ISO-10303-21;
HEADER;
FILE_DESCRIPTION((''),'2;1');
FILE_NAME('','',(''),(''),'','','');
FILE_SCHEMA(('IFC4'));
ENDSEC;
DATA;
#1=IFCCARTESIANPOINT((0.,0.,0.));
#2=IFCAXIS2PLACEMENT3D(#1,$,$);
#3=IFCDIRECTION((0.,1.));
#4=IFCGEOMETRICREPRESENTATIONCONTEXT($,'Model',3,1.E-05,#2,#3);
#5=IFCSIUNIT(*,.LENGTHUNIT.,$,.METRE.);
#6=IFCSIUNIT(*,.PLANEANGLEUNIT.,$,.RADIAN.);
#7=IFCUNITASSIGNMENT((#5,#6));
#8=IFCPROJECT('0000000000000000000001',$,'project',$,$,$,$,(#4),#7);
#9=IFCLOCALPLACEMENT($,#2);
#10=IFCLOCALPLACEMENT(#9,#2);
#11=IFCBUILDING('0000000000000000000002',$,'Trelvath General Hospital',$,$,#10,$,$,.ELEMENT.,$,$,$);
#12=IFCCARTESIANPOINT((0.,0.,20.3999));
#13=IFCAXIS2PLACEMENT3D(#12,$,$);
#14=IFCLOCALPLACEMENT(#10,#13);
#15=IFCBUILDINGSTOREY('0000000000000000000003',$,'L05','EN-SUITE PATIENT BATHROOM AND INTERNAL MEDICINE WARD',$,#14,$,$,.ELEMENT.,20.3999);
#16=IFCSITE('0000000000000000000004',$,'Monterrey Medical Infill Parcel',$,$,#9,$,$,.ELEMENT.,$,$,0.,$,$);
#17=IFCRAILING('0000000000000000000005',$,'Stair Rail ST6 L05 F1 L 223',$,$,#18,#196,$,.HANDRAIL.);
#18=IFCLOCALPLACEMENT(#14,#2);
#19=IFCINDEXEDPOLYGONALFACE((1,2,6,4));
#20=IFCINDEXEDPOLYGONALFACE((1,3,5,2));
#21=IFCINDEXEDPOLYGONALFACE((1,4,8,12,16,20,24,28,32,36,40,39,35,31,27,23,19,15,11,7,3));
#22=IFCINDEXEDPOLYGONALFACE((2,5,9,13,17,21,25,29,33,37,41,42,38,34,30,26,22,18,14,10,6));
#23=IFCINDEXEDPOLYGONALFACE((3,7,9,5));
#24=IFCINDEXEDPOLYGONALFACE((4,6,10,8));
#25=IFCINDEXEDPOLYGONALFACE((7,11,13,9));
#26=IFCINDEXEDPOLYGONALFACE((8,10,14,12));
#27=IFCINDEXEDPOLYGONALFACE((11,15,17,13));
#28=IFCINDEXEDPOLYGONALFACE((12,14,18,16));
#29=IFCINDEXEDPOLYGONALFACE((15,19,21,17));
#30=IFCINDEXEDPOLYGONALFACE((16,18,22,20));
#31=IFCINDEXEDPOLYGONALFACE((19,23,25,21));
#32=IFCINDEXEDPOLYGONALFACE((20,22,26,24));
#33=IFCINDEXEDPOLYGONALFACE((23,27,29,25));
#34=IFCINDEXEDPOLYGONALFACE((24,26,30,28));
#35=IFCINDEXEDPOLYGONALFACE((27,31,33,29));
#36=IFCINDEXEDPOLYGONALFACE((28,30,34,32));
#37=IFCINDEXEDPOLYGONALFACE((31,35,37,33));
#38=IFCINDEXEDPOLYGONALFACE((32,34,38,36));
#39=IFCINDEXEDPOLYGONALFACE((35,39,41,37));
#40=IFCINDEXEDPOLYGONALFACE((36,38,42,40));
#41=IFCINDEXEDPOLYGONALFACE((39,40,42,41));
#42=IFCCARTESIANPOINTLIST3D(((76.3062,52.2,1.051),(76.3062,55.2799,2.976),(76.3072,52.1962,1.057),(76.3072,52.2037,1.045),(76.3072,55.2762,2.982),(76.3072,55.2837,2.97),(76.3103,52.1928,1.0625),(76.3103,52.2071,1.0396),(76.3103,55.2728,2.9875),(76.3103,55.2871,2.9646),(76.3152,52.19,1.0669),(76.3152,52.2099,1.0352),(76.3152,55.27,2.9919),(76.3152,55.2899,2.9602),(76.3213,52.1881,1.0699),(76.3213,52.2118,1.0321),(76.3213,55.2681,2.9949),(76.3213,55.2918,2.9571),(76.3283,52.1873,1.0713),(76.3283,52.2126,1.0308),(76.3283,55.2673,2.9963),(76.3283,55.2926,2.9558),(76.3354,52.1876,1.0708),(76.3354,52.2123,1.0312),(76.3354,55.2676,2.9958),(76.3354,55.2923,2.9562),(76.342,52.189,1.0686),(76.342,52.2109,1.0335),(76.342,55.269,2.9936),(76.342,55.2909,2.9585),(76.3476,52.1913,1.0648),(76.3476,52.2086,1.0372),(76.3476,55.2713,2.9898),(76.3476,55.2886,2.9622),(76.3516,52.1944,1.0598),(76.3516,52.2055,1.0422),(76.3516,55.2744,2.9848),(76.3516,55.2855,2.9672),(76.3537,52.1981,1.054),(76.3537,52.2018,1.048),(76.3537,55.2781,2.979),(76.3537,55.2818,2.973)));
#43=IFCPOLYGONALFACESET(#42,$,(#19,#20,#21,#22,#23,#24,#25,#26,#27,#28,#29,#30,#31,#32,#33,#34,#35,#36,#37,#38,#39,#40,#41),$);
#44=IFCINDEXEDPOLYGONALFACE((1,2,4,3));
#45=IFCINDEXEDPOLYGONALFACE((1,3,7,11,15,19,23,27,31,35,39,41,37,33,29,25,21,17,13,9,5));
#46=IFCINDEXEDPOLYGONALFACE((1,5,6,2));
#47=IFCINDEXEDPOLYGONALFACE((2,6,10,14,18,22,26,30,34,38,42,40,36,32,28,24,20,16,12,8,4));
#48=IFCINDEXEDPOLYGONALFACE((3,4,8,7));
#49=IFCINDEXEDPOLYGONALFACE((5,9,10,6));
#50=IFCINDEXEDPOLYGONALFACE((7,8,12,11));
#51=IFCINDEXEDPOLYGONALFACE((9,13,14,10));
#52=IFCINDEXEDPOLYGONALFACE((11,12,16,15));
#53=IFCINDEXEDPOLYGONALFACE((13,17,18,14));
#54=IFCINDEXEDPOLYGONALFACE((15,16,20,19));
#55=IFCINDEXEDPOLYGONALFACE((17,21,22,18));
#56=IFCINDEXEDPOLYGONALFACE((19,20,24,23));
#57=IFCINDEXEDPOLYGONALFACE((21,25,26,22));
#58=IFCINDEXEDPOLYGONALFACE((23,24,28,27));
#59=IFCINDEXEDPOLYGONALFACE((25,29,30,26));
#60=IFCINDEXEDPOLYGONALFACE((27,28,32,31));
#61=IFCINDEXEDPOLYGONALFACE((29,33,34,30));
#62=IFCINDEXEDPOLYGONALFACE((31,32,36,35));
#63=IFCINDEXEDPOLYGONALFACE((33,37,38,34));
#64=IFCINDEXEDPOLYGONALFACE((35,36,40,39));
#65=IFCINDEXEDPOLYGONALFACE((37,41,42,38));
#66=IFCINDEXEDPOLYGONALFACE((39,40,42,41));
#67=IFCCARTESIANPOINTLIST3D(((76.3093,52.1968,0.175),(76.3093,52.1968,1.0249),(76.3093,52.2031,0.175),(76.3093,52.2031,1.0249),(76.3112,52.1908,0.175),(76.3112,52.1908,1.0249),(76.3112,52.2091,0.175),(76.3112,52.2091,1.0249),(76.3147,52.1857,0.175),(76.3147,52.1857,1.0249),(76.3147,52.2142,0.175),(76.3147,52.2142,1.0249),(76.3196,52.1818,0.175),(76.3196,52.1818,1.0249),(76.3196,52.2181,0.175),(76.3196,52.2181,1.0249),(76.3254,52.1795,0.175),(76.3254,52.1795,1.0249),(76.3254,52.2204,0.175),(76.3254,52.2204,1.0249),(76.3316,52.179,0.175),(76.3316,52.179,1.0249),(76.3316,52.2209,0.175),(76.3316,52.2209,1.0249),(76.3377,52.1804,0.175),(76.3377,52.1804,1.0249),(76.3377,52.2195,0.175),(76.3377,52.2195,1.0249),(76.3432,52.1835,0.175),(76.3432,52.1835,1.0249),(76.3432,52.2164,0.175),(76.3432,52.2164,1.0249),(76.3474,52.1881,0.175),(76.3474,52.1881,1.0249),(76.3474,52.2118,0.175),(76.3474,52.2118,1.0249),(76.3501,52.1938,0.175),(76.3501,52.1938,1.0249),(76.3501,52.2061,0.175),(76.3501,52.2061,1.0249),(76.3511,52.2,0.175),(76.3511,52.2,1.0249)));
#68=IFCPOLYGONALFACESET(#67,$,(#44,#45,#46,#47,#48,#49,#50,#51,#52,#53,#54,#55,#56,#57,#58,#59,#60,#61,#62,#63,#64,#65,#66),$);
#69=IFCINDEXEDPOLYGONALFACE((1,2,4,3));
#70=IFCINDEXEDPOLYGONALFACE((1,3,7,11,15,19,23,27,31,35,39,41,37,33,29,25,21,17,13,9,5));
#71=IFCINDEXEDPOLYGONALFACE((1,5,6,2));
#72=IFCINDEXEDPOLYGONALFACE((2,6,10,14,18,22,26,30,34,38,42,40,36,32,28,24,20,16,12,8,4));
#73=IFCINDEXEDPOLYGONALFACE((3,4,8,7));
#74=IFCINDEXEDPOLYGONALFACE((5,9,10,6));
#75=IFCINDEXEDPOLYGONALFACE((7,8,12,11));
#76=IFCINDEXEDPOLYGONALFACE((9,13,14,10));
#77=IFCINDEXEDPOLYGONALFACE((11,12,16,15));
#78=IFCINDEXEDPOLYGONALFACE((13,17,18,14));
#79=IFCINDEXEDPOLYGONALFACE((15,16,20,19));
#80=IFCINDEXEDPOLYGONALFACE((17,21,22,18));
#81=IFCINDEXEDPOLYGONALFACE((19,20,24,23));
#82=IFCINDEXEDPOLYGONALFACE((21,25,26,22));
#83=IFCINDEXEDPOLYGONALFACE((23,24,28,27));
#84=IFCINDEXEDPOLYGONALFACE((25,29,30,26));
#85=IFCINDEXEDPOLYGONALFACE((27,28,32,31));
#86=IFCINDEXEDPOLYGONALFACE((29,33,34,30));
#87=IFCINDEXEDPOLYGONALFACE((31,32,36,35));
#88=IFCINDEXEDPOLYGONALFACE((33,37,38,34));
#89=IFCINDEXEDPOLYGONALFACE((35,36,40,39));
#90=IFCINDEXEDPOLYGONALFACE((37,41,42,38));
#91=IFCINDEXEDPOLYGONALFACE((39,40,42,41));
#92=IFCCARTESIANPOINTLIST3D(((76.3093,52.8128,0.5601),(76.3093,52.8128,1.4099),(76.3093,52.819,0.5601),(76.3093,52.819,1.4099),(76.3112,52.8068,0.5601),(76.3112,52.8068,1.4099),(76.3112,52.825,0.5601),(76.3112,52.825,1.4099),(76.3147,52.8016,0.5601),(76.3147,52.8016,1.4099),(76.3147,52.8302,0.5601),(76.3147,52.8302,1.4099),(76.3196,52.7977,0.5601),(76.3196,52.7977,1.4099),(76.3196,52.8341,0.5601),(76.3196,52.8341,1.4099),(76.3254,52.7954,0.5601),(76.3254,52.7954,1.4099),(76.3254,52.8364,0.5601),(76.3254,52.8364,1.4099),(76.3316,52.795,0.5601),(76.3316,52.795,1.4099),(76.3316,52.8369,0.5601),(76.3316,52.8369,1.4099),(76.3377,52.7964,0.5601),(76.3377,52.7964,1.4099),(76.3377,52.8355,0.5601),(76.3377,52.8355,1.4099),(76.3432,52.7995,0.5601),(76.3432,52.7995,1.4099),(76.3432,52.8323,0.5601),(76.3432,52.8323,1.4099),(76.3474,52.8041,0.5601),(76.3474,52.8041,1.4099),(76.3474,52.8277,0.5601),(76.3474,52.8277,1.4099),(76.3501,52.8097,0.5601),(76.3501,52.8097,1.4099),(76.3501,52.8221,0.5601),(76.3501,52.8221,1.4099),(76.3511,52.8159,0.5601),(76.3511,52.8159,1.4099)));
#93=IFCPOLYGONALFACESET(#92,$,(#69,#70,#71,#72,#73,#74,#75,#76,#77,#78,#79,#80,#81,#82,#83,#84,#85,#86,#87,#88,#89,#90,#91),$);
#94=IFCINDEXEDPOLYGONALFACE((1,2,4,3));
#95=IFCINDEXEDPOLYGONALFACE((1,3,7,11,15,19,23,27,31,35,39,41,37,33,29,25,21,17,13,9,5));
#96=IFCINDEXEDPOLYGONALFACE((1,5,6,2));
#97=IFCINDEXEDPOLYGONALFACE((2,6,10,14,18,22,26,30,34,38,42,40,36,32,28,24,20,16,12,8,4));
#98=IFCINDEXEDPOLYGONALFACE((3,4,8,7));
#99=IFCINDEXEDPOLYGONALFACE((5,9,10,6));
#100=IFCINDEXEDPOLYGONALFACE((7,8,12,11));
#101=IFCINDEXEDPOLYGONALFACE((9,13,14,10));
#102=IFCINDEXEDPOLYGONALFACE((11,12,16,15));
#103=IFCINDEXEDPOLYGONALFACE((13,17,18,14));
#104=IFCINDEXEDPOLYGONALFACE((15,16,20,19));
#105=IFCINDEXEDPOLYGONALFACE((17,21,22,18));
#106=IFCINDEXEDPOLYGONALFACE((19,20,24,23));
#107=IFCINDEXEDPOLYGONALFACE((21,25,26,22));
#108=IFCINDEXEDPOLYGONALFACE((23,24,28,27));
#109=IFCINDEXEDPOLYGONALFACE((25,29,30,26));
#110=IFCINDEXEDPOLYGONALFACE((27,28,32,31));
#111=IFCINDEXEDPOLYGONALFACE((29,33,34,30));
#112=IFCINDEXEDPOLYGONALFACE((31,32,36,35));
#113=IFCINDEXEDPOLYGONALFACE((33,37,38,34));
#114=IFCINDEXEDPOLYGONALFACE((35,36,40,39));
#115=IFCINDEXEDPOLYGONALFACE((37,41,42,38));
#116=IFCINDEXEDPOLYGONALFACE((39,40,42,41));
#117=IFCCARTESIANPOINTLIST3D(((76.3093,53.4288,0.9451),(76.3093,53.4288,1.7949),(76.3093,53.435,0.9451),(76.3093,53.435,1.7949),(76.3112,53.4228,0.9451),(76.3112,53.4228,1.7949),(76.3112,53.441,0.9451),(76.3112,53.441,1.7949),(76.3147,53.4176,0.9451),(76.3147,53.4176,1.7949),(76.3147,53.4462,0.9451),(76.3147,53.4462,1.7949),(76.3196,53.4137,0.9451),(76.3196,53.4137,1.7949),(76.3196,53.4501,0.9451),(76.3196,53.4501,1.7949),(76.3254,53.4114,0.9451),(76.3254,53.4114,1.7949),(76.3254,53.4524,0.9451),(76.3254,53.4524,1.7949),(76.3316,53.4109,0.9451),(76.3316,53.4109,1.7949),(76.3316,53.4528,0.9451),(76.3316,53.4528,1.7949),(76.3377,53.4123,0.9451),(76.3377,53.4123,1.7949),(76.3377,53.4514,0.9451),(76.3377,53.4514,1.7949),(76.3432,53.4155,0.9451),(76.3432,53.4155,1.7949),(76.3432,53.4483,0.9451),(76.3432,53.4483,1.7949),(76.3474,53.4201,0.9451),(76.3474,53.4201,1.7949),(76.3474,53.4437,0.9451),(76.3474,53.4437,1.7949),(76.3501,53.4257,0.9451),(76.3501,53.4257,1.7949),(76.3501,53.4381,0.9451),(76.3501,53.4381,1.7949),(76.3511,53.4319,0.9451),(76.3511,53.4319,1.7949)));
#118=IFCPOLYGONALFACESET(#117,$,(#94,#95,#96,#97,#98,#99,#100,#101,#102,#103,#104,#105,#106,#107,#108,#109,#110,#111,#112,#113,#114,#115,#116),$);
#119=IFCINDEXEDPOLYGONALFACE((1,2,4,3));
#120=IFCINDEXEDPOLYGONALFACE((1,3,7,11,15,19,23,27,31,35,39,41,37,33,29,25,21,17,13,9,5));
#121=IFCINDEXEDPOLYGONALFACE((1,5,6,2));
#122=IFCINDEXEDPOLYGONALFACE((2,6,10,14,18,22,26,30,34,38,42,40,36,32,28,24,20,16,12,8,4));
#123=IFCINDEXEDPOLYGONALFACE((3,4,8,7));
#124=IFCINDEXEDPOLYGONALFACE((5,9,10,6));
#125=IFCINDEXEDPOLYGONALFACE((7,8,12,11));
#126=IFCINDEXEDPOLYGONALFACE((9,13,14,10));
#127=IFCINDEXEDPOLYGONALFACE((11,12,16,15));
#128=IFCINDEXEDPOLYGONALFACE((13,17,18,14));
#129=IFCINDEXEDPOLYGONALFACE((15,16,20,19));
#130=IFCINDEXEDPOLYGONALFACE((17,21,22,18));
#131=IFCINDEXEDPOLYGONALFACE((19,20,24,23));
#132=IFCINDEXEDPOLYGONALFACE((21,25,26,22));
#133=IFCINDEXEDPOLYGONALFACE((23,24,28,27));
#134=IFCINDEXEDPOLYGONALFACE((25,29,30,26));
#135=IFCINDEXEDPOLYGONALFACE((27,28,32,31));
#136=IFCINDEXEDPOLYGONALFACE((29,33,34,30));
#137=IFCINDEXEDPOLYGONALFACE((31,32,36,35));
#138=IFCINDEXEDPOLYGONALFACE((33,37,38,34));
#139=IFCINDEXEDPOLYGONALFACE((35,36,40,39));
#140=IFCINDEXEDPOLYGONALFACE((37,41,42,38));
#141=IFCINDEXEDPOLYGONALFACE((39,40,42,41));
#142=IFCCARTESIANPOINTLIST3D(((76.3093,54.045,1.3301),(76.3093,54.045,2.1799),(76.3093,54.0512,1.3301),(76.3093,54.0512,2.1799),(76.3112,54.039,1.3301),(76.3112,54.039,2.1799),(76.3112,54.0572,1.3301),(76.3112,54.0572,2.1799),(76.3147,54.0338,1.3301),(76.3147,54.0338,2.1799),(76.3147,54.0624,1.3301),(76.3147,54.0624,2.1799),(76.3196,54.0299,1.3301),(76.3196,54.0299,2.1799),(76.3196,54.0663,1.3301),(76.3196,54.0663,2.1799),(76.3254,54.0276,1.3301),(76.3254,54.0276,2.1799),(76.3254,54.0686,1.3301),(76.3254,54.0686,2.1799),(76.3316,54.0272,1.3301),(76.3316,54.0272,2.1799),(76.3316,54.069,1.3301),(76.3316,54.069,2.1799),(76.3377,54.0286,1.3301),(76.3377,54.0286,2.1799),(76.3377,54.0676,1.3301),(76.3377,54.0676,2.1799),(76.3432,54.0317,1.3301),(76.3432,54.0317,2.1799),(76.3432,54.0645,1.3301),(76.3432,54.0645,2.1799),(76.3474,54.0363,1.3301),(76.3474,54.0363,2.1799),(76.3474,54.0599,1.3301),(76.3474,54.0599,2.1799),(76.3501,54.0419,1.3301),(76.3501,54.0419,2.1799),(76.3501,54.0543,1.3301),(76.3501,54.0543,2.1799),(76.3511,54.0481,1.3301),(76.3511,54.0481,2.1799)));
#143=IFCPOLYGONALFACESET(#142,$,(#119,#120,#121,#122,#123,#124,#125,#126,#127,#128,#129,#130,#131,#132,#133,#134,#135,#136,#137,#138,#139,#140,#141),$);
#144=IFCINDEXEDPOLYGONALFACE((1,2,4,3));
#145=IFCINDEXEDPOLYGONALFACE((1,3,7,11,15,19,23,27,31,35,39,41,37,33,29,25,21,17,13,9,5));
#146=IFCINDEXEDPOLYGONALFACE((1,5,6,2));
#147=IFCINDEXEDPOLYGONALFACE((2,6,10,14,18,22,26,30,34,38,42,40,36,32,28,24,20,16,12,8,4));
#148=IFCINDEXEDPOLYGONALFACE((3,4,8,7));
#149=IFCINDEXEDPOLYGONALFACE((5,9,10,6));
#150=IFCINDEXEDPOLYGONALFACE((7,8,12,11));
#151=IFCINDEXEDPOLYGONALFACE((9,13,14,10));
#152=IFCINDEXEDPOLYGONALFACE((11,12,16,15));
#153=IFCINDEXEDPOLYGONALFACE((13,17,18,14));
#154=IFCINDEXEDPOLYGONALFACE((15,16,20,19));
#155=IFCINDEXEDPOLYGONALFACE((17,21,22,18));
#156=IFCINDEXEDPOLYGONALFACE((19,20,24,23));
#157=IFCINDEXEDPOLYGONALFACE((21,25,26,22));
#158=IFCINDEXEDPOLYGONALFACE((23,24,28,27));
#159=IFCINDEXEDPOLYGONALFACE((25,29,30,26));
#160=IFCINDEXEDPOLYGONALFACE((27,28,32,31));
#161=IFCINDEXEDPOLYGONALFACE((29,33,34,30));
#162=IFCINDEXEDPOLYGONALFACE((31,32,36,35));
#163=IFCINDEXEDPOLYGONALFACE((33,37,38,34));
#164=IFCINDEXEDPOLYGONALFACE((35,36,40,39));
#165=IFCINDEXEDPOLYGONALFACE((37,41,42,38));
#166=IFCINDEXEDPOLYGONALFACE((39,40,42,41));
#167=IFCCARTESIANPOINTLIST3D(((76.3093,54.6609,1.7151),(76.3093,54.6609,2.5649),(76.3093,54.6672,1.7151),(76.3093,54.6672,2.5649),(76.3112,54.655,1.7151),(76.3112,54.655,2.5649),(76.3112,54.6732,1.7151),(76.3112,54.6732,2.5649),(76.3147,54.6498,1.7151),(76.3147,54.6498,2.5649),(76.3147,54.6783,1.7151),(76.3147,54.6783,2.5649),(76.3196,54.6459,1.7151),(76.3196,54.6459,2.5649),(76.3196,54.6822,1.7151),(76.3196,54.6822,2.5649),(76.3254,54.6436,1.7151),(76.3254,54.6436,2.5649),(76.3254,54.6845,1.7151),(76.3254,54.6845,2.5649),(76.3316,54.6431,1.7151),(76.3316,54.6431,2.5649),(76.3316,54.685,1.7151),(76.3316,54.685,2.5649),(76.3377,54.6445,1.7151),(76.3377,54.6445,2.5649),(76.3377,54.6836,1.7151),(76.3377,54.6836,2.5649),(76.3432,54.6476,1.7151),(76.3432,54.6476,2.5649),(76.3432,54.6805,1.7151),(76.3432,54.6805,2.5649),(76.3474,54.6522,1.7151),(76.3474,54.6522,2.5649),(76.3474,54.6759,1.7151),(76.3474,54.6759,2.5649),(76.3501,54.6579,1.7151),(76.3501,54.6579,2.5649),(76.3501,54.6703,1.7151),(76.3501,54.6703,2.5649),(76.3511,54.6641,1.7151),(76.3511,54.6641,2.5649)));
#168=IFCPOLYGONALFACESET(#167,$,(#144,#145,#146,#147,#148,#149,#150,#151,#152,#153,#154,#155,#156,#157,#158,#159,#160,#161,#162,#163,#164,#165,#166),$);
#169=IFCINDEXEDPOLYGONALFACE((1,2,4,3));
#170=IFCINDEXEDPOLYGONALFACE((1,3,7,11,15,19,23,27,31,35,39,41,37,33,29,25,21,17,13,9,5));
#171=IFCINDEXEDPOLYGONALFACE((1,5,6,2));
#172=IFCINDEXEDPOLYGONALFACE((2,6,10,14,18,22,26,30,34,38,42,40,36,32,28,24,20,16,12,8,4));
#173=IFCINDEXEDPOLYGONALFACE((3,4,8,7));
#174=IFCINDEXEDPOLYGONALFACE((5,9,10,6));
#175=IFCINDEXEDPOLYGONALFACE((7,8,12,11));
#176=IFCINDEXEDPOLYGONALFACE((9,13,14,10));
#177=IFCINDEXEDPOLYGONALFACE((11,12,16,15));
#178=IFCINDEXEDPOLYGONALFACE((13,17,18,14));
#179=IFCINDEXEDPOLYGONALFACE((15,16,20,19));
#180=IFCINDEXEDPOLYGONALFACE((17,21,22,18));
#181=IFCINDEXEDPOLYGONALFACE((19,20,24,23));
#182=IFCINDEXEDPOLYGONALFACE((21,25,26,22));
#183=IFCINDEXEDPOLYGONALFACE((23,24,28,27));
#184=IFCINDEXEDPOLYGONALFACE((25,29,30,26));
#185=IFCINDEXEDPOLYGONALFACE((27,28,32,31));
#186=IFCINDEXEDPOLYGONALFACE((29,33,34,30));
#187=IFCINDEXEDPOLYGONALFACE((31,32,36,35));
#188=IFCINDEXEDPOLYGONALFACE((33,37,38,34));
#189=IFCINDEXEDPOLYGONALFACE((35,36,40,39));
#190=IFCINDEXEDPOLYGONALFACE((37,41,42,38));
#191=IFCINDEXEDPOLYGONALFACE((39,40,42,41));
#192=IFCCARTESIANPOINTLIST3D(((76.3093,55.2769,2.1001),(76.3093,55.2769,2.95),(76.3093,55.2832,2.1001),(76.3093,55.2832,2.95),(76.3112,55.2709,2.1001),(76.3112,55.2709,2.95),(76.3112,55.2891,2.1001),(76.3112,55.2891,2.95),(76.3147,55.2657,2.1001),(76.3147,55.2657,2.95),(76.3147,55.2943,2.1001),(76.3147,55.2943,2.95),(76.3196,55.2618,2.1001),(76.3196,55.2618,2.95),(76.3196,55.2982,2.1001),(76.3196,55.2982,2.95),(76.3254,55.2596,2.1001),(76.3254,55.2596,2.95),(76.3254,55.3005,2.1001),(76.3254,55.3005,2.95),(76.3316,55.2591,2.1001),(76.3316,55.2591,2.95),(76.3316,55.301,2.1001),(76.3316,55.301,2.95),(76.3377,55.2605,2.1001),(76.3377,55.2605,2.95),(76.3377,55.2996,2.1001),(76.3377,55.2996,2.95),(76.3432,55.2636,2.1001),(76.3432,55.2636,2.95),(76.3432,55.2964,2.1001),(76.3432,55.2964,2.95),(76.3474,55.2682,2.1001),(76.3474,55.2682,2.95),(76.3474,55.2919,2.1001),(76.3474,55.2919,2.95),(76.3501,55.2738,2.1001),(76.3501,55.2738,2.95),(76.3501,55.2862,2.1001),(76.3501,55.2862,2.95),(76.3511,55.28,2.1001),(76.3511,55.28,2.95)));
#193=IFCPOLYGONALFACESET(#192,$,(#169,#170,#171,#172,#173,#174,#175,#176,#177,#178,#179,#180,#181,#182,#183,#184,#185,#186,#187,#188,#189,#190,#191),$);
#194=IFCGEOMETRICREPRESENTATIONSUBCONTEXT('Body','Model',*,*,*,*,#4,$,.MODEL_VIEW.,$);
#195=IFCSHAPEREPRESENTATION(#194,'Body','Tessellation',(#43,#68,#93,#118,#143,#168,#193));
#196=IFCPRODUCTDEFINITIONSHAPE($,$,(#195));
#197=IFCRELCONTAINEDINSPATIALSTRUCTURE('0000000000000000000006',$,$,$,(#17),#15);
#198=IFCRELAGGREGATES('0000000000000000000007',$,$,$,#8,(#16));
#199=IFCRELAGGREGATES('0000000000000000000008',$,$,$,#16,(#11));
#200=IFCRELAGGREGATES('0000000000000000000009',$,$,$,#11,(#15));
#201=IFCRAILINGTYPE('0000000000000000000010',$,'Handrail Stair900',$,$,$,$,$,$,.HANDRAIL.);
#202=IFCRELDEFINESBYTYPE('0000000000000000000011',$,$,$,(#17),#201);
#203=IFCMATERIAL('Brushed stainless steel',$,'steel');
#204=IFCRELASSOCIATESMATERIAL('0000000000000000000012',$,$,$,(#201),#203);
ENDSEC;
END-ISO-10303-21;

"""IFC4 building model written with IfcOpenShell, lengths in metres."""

from ifc_helpers import new_model, si_unit, direction, frame, origin, origin_2d, place, context, subcontext, project, spatial, circle, extrude, material, type_object, element, save


model = new_model("IFC4")

# Units and contexts
model_context = context("Model", 3, precision=1e-05, world=origin(), true_north=direction((0.0, 1.0)))
body_context = subcontext(model_context, "Body", "Model", "MODEL_VIEW")
ifc_project = project(units=[si_unit("LENGTHUNIT", "METRE"), si_unit("PLANEANGLEUNIT", "RADIAN")], contexts=[model_context])

# Site, building, storey
site_placement = place(None, origin())
site = spatial("IfcSite", under=ifc_project, at=site_placement, Name="Monterrey Medical Infill Parcel", CompositionType="ELEMENT", RefElevation=0.0)
building_placement = place(site_placement, origin())
building = spatial("IfcBuilding", under=site, at=building_placement, Name="Trelvath General Hospital", CompositionType="ELEMENT")
storey_placement = place(building_placement, frame((0.0, 0.0, 20.3999)))
storey = spatial("IfcBuildingStorey", under=building, at=storey_placement, Name="L05", Description="EN-SUITE PATIENT BATHROOM AND INTERNAL MEDICINE WARD", CompositionType="ELEMENT", Elevation=20.3999)

# Railing
ifc_material_1 = material(Name="Brushed stainless steel", Category="steel")
railing_type_1 = type_object("IfcRailingType", Name="Handrail Stair900", PredefinedType="HANDRAIL", material=ifc_material_1)
railing_1_placement = place(storey_placement, frame((76.3301, 52.2, 0.175)))
element("IfcRailing", 1, at=railing_1_placement, inside=storey, type_object=railing_type_1, Name="Stair Rail ST6 L05 F1 L 223", PredefinedType="HANDRAIL", context=body_context, shape_type="SweptSolid", body=[
    extrude(circle(Radius=0.0239, at=origin_2d()), frame((0.0, 0.0, 0.876), z_axis=(0.0, 0.847998, 0.529999), x_axis=(-1.0, 0.0, 0.0)), (0.0, 0.0, 1.0), 3.6321),
    extrude(circle(Radius=0.021, at=origin_2d()), origin(), (0.0, 0.0, 1.0), 0.8499),
    extrude(circle(Radius=0.021, at=origin_2d()), frame((0.0, 0.616, 0.385)), (0.0, 0.0, 1.0), 0.8499),
    extrude(circle(Radius=0.021, at=origin_2d()), frame((0.0, 1.2319, 0.77)), (0.0, 0.0, 1.0), 0.8499),
    extrude(circle(Radius=0.021, at=origin_2d()), frame((0.0, 1.8481, 1.155)), (0.0, 0.0, 1.0), 0.8499),
    extrude(circle(Radius=0.021, at=origin_2d()), frame((0.0, 2.4641, 1.54)), (0.0, 0.0, 1.0), 0.8499),
    extrude(circle(Radius=0.021, at=origin_2d()), frame((0.0, 3.0801, 1.925)), (0.0, 0.0, 1.0), 0.8499),
])

save(model, "model.ifc")
